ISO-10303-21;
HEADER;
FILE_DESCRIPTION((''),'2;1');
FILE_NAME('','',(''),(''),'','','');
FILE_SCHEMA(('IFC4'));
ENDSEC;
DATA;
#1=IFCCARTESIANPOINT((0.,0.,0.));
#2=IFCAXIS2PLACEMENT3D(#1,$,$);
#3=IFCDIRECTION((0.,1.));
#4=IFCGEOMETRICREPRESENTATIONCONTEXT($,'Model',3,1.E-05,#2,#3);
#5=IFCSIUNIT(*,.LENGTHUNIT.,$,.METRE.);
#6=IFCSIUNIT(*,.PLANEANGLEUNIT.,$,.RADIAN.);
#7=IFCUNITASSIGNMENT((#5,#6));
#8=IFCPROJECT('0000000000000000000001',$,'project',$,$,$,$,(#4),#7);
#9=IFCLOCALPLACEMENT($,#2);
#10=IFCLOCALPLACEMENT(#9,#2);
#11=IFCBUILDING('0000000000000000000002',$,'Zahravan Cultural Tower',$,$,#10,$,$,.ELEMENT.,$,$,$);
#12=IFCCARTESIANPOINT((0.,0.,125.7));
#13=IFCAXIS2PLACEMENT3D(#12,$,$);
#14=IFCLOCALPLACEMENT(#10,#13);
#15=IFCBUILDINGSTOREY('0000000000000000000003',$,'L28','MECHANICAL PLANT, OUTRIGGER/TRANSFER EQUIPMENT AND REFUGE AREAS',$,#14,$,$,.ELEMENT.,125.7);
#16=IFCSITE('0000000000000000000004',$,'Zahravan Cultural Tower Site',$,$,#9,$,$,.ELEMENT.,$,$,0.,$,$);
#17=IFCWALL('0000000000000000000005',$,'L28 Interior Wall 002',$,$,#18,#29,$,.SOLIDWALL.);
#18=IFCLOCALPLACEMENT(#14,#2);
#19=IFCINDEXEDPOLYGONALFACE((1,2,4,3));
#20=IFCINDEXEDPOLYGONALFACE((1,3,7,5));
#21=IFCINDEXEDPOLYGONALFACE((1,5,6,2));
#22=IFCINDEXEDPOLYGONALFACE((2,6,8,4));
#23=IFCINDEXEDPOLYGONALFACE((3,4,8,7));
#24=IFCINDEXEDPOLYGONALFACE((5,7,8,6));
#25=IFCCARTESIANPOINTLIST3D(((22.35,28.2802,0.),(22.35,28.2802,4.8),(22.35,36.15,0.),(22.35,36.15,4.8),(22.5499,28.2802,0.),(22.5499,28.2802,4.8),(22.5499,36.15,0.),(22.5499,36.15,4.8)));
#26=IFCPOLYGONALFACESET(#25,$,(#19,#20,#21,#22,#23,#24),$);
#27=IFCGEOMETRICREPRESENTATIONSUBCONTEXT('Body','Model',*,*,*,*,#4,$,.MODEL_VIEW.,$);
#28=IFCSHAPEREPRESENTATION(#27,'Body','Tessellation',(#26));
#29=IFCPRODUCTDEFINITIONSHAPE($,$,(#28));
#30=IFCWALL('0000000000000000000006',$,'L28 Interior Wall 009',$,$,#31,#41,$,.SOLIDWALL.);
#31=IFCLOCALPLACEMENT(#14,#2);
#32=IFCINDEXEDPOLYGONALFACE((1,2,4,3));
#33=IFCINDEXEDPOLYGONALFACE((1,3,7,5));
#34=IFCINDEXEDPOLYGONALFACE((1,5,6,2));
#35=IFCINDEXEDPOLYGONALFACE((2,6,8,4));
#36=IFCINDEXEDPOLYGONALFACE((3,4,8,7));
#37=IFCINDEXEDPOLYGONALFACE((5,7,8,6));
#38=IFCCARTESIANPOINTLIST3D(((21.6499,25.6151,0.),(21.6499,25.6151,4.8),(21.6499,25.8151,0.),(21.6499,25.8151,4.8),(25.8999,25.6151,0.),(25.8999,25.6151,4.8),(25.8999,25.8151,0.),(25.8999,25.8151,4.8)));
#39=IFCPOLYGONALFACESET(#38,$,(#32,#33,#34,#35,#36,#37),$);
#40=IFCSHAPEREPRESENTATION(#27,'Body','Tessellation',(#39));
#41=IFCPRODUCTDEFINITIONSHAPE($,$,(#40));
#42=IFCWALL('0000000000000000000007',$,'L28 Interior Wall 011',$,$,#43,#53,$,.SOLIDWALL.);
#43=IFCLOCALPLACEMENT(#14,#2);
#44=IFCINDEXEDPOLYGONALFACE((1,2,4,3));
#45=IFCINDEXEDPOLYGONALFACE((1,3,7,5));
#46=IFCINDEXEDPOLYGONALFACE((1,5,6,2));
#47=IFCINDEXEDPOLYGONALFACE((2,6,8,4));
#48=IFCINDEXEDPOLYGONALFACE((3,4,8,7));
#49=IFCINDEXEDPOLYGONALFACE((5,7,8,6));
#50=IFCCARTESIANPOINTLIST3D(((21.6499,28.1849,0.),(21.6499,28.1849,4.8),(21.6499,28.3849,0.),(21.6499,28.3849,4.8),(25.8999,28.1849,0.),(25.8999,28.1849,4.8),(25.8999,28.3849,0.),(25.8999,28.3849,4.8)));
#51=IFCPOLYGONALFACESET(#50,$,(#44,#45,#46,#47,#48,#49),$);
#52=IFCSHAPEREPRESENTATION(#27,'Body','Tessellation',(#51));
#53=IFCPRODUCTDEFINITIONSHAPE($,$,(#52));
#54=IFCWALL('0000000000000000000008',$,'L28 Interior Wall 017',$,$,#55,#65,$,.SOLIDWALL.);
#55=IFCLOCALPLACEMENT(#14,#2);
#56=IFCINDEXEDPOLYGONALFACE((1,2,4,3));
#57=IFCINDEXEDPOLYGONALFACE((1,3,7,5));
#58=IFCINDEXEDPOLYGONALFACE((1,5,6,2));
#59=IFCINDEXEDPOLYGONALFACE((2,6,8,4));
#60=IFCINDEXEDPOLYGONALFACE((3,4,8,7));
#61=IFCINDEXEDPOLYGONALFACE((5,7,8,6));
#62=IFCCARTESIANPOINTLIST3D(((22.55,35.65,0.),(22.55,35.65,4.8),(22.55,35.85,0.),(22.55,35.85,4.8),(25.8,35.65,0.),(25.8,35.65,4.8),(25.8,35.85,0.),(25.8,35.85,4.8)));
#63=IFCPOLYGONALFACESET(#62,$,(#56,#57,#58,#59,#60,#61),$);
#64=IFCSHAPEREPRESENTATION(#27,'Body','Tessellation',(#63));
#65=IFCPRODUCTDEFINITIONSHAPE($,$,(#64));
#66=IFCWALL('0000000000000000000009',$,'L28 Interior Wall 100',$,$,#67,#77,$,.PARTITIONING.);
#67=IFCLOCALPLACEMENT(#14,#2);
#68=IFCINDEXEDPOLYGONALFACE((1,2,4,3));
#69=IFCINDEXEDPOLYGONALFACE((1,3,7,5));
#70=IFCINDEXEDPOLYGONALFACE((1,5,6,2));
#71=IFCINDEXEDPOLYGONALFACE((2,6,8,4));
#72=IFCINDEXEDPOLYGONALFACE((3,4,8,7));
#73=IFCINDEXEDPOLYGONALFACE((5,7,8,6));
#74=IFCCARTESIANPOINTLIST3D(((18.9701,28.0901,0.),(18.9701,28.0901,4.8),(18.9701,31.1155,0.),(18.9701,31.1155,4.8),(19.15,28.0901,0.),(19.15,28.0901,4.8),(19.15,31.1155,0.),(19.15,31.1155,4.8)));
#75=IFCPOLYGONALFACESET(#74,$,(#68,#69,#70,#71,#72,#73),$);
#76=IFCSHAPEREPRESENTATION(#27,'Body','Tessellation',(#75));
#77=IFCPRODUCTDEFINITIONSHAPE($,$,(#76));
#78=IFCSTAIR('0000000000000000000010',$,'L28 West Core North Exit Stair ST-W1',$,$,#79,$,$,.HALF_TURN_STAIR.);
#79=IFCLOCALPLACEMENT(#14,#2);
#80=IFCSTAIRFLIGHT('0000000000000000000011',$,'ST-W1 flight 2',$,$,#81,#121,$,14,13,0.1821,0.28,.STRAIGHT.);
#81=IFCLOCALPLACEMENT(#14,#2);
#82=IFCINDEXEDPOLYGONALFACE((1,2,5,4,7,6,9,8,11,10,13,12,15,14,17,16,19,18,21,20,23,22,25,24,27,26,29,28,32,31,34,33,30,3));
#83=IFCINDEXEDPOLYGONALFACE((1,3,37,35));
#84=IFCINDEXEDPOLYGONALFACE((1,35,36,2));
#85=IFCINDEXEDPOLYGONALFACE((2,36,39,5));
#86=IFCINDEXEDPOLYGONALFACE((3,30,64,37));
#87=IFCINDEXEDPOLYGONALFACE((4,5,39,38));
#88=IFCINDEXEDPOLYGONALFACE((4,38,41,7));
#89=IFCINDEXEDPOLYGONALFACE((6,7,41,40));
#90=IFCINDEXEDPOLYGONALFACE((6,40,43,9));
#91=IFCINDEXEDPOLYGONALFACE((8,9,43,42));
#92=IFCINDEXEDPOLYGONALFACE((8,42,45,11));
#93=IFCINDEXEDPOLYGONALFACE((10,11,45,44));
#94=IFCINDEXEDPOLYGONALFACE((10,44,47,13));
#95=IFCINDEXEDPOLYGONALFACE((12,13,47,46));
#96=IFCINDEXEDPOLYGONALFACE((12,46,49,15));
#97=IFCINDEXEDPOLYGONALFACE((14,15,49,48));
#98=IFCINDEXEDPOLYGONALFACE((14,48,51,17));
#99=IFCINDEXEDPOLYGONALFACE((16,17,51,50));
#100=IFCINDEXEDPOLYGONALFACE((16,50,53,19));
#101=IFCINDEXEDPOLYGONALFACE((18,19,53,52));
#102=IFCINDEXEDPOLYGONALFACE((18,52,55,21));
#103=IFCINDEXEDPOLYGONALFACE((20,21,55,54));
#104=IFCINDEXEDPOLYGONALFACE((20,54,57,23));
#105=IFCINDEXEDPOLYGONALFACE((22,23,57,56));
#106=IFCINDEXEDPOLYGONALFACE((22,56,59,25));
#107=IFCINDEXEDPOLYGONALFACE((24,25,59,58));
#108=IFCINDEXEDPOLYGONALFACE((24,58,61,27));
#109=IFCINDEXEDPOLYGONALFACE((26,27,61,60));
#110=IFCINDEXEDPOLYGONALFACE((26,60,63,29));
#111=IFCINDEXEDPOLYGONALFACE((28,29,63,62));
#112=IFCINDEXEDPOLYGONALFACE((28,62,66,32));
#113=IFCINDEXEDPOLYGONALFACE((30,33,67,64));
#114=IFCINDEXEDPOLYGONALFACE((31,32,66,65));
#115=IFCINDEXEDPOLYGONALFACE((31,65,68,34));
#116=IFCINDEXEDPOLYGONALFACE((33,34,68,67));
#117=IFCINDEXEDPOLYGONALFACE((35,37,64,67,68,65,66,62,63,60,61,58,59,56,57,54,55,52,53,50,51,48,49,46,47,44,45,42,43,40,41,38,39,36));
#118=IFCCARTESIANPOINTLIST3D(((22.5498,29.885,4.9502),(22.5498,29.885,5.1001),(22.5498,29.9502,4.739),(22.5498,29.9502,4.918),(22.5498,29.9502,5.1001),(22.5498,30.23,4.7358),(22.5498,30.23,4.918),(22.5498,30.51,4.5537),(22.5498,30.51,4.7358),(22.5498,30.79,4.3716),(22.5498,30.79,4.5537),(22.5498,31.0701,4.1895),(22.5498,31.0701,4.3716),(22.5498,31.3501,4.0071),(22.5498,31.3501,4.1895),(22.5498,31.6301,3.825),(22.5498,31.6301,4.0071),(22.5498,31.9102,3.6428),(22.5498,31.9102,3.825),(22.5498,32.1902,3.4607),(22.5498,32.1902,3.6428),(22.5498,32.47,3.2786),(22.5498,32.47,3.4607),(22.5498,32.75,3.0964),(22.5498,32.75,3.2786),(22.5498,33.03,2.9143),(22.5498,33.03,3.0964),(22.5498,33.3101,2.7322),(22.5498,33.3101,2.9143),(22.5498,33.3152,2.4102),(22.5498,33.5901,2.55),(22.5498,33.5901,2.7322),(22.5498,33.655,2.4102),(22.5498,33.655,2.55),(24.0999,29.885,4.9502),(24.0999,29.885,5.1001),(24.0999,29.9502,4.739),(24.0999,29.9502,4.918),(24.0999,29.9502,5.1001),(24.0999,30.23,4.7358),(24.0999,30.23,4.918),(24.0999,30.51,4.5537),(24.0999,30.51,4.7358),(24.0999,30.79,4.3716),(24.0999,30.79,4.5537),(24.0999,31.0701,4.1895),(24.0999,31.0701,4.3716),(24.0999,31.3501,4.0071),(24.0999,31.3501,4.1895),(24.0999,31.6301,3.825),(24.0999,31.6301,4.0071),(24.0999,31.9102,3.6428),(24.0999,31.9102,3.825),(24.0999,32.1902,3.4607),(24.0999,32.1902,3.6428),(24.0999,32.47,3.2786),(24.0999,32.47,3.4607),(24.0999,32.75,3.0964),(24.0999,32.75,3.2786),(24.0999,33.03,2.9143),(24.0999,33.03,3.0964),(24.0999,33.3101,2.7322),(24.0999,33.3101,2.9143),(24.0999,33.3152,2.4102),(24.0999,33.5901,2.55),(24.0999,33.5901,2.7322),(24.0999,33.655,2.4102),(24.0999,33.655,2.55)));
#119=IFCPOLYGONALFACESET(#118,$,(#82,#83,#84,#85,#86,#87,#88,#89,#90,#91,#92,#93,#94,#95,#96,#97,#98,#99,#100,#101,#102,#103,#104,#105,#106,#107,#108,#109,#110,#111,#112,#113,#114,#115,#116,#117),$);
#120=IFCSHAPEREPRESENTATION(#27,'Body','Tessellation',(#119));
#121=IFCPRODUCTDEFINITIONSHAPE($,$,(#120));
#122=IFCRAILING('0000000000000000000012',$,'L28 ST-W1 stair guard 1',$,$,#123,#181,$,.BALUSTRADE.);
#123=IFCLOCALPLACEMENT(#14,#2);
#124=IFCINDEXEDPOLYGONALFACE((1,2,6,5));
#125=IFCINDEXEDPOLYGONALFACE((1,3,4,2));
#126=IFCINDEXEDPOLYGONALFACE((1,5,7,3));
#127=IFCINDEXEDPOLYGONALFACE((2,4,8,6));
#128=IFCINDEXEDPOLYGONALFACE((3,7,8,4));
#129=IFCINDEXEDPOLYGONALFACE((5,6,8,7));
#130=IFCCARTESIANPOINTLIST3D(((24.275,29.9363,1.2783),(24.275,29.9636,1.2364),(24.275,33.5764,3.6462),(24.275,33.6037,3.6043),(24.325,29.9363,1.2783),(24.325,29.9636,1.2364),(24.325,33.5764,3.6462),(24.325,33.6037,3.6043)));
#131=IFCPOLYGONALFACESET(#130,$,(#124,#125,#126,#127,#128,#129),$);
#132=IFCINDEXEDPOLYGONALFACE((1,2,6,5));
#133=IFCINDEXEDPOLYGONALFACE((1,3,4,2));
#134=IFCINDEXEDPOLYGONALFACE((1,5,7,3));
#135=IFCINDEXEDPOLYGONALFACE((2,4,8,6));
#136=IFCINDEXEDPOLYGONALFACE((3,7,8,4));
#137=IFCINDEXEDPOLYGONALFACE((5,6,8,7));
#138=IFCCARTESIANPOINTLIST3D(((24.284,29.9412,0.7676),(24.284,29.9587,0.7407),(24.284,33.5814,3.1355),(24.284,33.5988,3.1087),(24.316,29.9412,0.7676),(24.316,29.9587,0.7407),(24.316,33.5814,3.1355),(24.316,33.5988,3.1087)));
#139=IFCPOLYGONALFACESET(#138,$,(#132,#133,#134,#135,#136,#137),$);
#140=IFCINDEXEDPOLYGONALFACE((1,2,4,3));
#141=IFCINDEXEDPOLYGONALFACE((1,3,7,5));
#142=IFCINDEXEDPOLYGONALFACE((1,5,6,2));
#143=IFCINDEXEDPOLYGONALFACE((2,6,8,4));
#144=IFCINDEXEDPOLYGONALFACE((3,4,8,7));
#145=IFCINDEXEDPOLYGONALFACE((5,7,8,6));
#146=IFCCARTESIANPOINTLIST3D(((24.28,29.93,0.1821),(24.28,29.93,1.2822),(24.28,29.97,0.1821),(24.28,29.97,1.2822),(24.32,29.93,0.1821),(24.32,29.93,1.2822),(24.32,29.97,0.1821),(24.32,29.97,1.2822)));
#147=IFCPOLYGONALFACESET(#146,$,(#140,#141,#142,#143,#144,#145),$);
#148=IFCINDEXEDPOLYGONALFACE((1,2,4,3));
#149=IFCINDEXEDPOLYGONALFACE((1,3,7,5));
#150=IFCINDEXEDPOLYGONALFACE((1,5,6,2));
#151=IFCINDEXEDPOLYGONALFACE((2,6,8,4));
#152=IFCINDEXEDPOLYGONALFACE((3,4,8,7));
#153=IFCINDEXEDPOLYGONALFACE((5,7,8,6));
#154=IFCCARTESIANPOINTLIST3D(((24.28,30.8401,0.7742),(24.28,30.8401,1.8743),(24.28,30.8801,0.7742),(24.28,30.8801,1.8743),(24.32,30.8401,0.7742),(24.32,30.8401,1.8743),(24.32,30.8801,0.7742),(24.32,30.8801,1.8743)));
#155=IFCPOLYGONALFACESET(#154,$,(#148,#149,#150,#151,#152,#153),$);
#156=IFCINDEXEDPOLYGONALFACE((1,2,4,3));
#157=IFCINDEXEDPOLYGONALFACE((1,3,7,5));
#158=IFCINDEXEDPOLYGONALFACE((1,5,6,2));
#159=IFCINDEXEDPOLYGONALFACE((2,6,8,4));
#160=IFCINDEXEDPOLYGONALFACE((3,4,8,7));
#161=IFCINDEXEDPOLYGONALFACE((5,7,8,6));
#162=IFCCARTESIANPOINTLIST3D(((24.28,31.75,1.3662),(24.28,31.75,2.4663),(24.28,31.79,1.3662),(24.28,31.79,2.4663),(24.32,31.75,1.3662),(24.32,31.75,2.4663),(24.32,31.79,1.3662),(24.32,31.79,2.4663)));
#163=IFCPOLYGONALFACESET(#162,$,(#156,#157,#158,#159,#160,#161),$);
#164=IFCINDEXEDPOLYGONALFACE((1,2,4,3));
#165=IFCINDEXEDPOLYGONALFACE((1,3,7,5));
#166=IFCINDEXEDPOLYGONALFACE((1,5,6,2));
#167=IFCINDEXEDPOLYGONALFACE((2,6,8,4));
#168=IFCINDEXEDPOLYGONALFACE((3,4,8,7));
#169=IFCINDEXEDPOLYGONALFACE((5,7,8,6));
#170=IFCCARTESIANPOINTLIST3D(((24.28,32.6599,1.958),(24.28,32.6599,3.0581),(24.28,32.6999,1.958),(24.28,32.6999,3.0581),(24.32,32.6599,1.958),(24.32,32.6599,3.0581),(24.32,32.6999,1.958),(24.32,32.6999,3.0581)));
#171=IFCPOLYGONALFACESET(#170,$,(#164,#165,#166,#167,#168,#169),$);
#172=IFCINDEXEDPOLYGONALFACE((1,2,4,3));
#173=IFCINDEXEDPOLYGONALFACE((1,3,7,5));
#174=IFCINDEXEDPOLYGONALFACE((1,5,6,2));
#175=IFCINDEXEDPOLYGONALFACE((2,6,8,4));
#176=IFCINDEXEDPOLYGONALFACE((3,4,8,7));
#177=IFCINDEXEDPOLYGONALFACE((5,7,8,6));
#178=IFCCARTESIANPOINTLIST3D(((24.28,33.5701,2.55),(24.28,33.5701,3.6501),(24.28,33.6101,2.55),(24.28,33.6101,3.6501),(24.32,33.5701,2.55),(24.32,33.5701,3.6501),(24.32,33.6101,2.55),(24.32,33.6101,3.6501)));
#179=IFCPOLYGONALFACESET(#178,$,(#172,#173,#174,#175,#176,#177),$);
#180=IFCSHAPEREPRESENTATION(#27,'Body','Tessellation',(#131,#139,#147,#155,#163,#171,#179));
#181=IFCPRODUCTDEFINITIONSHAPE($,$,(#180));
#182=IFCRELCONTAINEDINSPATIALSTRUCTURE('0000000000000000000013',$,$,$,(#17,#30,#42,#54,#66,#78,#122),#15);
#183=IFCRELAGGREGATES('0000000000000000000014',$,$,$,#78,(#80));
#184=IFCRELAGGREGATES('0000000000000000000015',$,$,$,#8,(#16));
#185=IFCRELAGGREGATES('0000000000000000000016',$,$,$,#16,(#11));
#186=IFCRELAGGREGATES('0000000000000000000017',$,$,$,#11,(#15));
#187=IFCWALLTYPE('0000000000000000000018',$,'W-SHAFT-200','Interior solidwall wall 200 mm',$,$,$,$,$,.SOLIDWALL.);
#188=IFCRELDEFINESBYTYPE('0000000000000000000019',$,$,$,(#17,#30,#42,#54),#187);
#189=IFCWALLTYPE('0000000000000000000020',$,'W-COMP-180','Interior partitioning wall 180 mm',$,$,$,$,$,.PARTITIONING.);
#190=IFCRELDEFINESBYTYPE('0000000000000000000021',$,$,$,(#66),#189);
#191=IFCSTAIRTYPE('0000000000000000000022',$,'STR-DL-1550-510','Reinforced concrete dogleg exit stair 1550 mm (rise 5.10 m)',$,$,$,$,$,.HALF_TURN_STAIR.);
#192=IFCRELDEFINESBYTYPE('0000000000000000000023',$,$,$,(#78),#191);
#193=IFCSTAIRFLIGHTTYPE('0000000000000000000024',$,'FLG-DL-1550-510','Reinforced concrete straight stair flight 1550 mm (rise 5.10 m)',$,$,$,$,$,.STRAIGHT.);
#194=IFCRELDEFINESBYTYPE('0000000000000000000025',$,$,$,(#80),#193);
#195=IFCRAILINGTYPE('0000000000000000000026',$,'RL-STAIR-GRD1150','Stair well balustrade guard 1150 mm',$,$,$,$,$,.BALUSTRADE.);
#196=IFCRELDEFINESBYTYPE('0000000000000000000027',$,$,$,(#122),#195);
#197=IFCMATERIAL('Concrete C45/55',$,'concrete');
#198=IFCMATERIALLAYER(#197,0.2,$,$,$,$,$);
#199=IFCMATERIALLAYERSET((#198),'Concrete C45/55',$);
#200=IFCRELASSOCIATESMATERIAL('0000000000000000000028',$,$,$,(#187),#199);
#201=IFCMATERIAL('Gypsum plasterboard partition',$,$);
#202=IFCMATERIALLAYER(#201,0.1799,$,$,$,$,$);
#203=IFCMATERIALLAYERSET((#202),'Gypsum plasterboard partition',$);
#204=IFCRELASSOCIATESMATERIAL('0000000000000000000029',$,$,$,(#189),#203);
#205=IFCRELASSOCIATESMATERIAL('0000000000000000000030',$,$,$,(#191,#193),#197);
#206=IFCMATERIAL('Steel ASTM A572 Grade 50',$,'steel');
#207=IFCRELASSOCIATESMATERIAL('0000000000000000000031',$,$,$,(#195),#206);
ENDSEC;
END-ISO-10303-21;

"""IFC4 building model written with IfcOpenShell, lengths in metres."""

from ifc_helpers import new_model, si_unit, direction, frame, frame_2d, origin, origin_2d, place, context, subcontext, project, spatial, polyline, rectangle, outline, extrude, source, transform, mapped, material, layer, layer_set, type_object, element, aggregate, save


model = new_model("IFC4")

# Units and contexts
model_context = context("Model", 3, precision=1e-05, world=origin(), true_north=direction((0.0, 1.0)))
body_context = subcontext(model_context, "Body", "Model", "MODEL_VIEW")
ifc_project = project(units=[si_unit("LENGTHUNIT", "METRE"), si_unit("PLANEANGLEUNIT", "RADIAN")], contexts=[model_context])

# Site, building, storey
site_placement = place(None, origin())
site = spatial("IfcSite", under=ifc_project, at=site_placement, Name="Zahravan Cultural Tower Site", CompositionType="ELEMENT", RefElevation=0.0)
building_placement = place(site_placement, origin())
building = spatial("IfcBuilding", under=site, at=building_placement, Name="Zahravan Cultural Tower", CompositionType="ELEMENT")
storey_placement = place(building_placement, frame((0.0, 0.0, 125.7)))
storey = spatial("IfcBuildingStorey", under=building, at=storey_placement, Name="L28", Description="MECHANICAL PLANT, OUTRIGGER/TRANSFER EQUIPMENT AND REFUGE AREAS", CompositionType="ELEMENT", Elevation=125.7)

# Walls
ifc_material_1 = material(Name="Concrete C45/55", Category="concrete")
ifc_layer_1 = layer(ifc_material_1, 0.2)
ifc_layer_set_1 = layer_set([ifc_layer_1], Name="Concrete C45/55")
wall_type_1 = type_object("IfcWallType", Name="W-SHAFT-200", Description="Interior solidwall wall 200 mm", PredefinedType="SOLIDWALL", material=ifc_layer_set_1)
shared_shape_1 = source(origin(), body_context, "Body", "SweptSolid", [
    extrude(rectangle(XDim=7.8699, YDim=0.2, at=frame_2d((3.9351, 0.0))), origin(), (0.0, 0.0, 1.0), 4.8),
])
wall_1_placement = place(storey_placement, frame((22.45, 28.28, 0.0), z_axis=(0.0, 0.0, 1.0), x_axis=(0.0, 1.0, 0.0)))
element("IfcWall", 1, at=wall_1_placement, inside=storey, type_object=wall_type_1, Name="L28 Interior Wall 002", PredefinedType="SOLIDWALL", context=body_context, shape_type="MappedRepresentation", body=[
    mapped(shared_shape_1, transform((0.0, 0.0, 0.0), x_axis=(1.0, 0.0, 0.0), y_axis=(0.0, 1.0, 0.0), z_axis=(0.0, 0.0, 1.0), scale=1.0)),
])
shared_shape_2 = source(origin(), body_context, "Body", "SweptSolid", [
    extrude(rectangle(XDim=4.25, YDim=0.2, at=frame_2d((2.125, 0.0))), origin(), (0.0, 0.0, 1.0), 4.8),
])
for number, where, z_axis, x_axis, name in (
    (2, (21.6499, 25.7151, 0.0), (0.0, 0.0, 1.0), (1.0, 0.0, 0.0), "L28 Interior Wall 009"),
    (3, (21.6499, 28.2849, 0.0), (0.0, 0.0, 1.0), (1.0, 0.0, 0.0), "L28 Interior Wall 011"),
):
    element("IfcWall", number, at=place(storey_placement, frame(where, z_axis=z_axis, x_axis=x_axis)), inside=storey, type_object=wall_type_1, Name=name, PredefinedType="SOLIDWALL", context=body_context, shape_type="MappedRepresentation", body=[
        mapped(shared_shape_2, transform((0.0, 0.0, 0.0), x_axis=(1.0, 0.0, 0.0), y_axis=(0.0, 1.0, 0.0), z_axis=(0.0, 0.0, 1.0), scale=1.0)),
    ])
shared_shape_3 = source(origin(), body_context, "Body", "SweptSolid", [
    extrude(rectangle(XDim=3.25, YDim=0.2, at=frame_2d((1.625, 0.0))), origin(), (0.0, 0.0, 1.0), 4.8),
])
wall_2_placement = place(storey_placement, frame((22.55, 35.75, 0.0), z_axis=(0.0, 0.0, 1.0), x_axis=(1.0, 0.0, 0.0)))
element("IfcWall", 4, at=wall_2_placement, inside=storey, type_object=wall_type_1, Name="L28 Interior Wall 017", PredefinedType="SOLIDWALL", context=body_context, shape_type="MappedRepresentation", body=[
    mapped(shared_shape_3, transform((0.0, 0.0, 0.0), x_axis=(1.0, 0.0, 0.0), y_axis=(0.0, 1.0, 0.0), z_axis=(0.0, 0.0, 1.0), scale=1.0)),
])
ifc_material_2 = material(Name="Gypsum plasterboard partition")
ifc_layer_2 = layer(ifc_material_2, 0.1799)
ifc_layer_set_2 = layer_set([ifc_layer_2], Name="Gypsum plasterboard partition")
wall_type_2 = type_object("IfcWallType", Name="W-COMP-180", Description="Interior partitioning wall 180 mm", PredefinedType="PARTITIONING", material=ifc_layer_set_2)
shared_shape_4 = source(origin(), body_context, "Body", "SweptSolid", [
    extrude(rectangle(XDim=3.0254, YDim=0.1799, at=frame_2d((1.5127, 0.0))), origin(), (0.0, 0.0, 1.0), 4.8),
])
wall_3_placement = place(storey_placement, frame((19.0601, 31.1155, 0.0), z_axis=(0.0, 0.0, 1.0), x_axis=(0.0, -1.0, 0.0)))
element("IfcWall", 5, at=wall_3_placement, inside=storey, type_object=wall_type_2, Name="L28 Interior Wall 100", PredefinedType="PARTITIONING", context=body_context, shape_type="MappedRepresentation", body=[
    mapped(shared_shape_4, transform((0.0, 0.0, 0.0), x_axis=(1.0, 0.0, 0.0), y_axis=(0.0, 1.0, 0.0), z_axis=(0.0, 0.0, 1.0), scale=1.0)),
])

# Stair, stair flight
stair_type = type_object("IfcStairType", Name="STR-DL-1550-510", Description="Reinforced concrete dogleg exit stair 1550 mm (rise 5.10 m)", PredefinedType="HALF_TURN_STAIR", material=ifc_material_1)
stair_placement = place(storey_placement, origin())
stair = element("IfcStair", 6, at=stair_placement, inside=storey, type_object=stair_type, Name="L28 West Core North Exit Stair ST-W1", PredefinedType="HALF_TURN_STAIR")
stair_flight_type = type_object("IfcStairFlightType", Name="FLG-DL-1550-510", Description="Reinforced concrete straight stair flight 1550 mm (rise 5.10 m)", PredefinedType="STRAIGHT", material=ifc_material_1)
stair_flight_placement = place(storey_placement, frame((23.325, 33.5901, 2.55), z_axis=(0.0, 0.0, 1.0), x_axis=(0.0, -1.0, 0.0)))
stair_flight = element("IfcStairFlight", 7, at=stair_flight_placement, type_object=stair_flight_type, Name="ST-W1 flight 2", NumberOfRisers=14, NumberOfTreads=13, PredefinedType="STRAIGHT", RiserHeight=0.1821, TreadLength=0.28, context=body_context, shape_type="SweptSolid", body=[
    extrude(outline(polyline([(-0.0649, -0.1399), (-0.0649, 0.0), (0.0, 0.0), (0.0, 0.1821), (0.28, 0.1821), (0.28, 0.3643), (0.5601, 0.3643), (0.5601, 0.5464), (0.8401, 0.5464), (0.8401, 0.7285), (1.1201, 0.7285), (1.1201, 0.9106), (1.3999, 0.9106), (1.3999, 1.0928), (1.6799, 1.0928), (1.6799, 1.2749), (1.96, 1.2749), (1.96, 1.457), (2.24, 1.457), (2.24, 1.6394), (2.52, 1.6394), (2.52, 1.8215), (2.8, 1.8215), (2.8, 2.0037), (3.0801, 2.0037), (3.0801, 2.1858), (3.3601, 2.1858), (3.3601, 2.3679), (3.6399, 2.3679), (3.6399, 2.55), (3.7051, 2.55), (3.7051, 2.4001), (3.6399, 2.189), (0.2749, -0.1399), (-0.0649, -0.1399)])), frame((0.0, 0.7749, 0.0), z_axis=(0.0, -1.0, 0.0), x_axis=(1.0, 0.0, 0.0)), (0.0, 0.0, 1.0), 1.55),
])
aggregate(stair, [stair_flight])

# Railing
ifc_material_3 = material(Name="Steel ASTM A572 Grade 50", Category="steel")
railing_type_1 = type_object("IfcRailingType", Name="RL-STAIR-GRD1150", Description="Stair well balustrade guard 1150 mm", PredefinedType="BALUSTRADE", material=ifc_material_3)
railing_1_placement = place(storey_placement, frame((24.3, 29.95, 0.1821)))
element("IfcRailing", 8, at=railing_1_placement, inside=storey, type_object=railing_type_1, Name="L28 ST-W1 stair guard 1", PredefinedType="BALUSTRADE", context=body_context, shape_type="SweptSolid", body=[
    extrude(rectangle(XDim=0.05, YDim=0.05, at=origin_2d()), frame((0.0, 0.0, 1.0752), z_axis=(0.0, 0.838251, 0.545285), x_axis=(-1.0, 0.0, 0.0)), (0.0, 0.0, 1.0), 4.3425),
    extrude(rectangle(XDim=0.032, YDim=0.032, at=origin_2d()), frame((0.0, 0.0, 0.572), z_axis=(0.0, 0.838251, 0.545285), x_axis=(-1.0, 0.0, 0.0)), (0.0, 0.0, 1.0), 4.3425),
    extrude(rectangle(XDim=0.04, YDim=0.04, at=origin_2d()), origin(), (0.0, 0.0, 1.0), 1.1001),
    extrude(rectangle(XDim=0.04, YDim=0.04, at=origin_2d()), frame((0.0, 0.9102, 0.592)), (0.0, 0.0, 1.0), 1.1001),
    extrude(rectangle(XDim=0.04, YDim=0.04, at=origin_2d()), frame((0.0, 1.8201, 1.1841)), (0.0, 0.0, 1.0), 1.1001),
    extrude(rectangle(XDim=0.04, YDim=0.04, at=origin_2d()), frame((0.0, 2.73, 1.7759)), (0.0, 0.0, 1.0), 1.1001),
    extrude(rectangle(XDim=0.04, YDim=0.04, at=origin_2d()), frame((0.0, 3.6401, 2.3679)), (0.0, 0.0, 1.0), 1.1001),
])

save(model, "model.ifc")
